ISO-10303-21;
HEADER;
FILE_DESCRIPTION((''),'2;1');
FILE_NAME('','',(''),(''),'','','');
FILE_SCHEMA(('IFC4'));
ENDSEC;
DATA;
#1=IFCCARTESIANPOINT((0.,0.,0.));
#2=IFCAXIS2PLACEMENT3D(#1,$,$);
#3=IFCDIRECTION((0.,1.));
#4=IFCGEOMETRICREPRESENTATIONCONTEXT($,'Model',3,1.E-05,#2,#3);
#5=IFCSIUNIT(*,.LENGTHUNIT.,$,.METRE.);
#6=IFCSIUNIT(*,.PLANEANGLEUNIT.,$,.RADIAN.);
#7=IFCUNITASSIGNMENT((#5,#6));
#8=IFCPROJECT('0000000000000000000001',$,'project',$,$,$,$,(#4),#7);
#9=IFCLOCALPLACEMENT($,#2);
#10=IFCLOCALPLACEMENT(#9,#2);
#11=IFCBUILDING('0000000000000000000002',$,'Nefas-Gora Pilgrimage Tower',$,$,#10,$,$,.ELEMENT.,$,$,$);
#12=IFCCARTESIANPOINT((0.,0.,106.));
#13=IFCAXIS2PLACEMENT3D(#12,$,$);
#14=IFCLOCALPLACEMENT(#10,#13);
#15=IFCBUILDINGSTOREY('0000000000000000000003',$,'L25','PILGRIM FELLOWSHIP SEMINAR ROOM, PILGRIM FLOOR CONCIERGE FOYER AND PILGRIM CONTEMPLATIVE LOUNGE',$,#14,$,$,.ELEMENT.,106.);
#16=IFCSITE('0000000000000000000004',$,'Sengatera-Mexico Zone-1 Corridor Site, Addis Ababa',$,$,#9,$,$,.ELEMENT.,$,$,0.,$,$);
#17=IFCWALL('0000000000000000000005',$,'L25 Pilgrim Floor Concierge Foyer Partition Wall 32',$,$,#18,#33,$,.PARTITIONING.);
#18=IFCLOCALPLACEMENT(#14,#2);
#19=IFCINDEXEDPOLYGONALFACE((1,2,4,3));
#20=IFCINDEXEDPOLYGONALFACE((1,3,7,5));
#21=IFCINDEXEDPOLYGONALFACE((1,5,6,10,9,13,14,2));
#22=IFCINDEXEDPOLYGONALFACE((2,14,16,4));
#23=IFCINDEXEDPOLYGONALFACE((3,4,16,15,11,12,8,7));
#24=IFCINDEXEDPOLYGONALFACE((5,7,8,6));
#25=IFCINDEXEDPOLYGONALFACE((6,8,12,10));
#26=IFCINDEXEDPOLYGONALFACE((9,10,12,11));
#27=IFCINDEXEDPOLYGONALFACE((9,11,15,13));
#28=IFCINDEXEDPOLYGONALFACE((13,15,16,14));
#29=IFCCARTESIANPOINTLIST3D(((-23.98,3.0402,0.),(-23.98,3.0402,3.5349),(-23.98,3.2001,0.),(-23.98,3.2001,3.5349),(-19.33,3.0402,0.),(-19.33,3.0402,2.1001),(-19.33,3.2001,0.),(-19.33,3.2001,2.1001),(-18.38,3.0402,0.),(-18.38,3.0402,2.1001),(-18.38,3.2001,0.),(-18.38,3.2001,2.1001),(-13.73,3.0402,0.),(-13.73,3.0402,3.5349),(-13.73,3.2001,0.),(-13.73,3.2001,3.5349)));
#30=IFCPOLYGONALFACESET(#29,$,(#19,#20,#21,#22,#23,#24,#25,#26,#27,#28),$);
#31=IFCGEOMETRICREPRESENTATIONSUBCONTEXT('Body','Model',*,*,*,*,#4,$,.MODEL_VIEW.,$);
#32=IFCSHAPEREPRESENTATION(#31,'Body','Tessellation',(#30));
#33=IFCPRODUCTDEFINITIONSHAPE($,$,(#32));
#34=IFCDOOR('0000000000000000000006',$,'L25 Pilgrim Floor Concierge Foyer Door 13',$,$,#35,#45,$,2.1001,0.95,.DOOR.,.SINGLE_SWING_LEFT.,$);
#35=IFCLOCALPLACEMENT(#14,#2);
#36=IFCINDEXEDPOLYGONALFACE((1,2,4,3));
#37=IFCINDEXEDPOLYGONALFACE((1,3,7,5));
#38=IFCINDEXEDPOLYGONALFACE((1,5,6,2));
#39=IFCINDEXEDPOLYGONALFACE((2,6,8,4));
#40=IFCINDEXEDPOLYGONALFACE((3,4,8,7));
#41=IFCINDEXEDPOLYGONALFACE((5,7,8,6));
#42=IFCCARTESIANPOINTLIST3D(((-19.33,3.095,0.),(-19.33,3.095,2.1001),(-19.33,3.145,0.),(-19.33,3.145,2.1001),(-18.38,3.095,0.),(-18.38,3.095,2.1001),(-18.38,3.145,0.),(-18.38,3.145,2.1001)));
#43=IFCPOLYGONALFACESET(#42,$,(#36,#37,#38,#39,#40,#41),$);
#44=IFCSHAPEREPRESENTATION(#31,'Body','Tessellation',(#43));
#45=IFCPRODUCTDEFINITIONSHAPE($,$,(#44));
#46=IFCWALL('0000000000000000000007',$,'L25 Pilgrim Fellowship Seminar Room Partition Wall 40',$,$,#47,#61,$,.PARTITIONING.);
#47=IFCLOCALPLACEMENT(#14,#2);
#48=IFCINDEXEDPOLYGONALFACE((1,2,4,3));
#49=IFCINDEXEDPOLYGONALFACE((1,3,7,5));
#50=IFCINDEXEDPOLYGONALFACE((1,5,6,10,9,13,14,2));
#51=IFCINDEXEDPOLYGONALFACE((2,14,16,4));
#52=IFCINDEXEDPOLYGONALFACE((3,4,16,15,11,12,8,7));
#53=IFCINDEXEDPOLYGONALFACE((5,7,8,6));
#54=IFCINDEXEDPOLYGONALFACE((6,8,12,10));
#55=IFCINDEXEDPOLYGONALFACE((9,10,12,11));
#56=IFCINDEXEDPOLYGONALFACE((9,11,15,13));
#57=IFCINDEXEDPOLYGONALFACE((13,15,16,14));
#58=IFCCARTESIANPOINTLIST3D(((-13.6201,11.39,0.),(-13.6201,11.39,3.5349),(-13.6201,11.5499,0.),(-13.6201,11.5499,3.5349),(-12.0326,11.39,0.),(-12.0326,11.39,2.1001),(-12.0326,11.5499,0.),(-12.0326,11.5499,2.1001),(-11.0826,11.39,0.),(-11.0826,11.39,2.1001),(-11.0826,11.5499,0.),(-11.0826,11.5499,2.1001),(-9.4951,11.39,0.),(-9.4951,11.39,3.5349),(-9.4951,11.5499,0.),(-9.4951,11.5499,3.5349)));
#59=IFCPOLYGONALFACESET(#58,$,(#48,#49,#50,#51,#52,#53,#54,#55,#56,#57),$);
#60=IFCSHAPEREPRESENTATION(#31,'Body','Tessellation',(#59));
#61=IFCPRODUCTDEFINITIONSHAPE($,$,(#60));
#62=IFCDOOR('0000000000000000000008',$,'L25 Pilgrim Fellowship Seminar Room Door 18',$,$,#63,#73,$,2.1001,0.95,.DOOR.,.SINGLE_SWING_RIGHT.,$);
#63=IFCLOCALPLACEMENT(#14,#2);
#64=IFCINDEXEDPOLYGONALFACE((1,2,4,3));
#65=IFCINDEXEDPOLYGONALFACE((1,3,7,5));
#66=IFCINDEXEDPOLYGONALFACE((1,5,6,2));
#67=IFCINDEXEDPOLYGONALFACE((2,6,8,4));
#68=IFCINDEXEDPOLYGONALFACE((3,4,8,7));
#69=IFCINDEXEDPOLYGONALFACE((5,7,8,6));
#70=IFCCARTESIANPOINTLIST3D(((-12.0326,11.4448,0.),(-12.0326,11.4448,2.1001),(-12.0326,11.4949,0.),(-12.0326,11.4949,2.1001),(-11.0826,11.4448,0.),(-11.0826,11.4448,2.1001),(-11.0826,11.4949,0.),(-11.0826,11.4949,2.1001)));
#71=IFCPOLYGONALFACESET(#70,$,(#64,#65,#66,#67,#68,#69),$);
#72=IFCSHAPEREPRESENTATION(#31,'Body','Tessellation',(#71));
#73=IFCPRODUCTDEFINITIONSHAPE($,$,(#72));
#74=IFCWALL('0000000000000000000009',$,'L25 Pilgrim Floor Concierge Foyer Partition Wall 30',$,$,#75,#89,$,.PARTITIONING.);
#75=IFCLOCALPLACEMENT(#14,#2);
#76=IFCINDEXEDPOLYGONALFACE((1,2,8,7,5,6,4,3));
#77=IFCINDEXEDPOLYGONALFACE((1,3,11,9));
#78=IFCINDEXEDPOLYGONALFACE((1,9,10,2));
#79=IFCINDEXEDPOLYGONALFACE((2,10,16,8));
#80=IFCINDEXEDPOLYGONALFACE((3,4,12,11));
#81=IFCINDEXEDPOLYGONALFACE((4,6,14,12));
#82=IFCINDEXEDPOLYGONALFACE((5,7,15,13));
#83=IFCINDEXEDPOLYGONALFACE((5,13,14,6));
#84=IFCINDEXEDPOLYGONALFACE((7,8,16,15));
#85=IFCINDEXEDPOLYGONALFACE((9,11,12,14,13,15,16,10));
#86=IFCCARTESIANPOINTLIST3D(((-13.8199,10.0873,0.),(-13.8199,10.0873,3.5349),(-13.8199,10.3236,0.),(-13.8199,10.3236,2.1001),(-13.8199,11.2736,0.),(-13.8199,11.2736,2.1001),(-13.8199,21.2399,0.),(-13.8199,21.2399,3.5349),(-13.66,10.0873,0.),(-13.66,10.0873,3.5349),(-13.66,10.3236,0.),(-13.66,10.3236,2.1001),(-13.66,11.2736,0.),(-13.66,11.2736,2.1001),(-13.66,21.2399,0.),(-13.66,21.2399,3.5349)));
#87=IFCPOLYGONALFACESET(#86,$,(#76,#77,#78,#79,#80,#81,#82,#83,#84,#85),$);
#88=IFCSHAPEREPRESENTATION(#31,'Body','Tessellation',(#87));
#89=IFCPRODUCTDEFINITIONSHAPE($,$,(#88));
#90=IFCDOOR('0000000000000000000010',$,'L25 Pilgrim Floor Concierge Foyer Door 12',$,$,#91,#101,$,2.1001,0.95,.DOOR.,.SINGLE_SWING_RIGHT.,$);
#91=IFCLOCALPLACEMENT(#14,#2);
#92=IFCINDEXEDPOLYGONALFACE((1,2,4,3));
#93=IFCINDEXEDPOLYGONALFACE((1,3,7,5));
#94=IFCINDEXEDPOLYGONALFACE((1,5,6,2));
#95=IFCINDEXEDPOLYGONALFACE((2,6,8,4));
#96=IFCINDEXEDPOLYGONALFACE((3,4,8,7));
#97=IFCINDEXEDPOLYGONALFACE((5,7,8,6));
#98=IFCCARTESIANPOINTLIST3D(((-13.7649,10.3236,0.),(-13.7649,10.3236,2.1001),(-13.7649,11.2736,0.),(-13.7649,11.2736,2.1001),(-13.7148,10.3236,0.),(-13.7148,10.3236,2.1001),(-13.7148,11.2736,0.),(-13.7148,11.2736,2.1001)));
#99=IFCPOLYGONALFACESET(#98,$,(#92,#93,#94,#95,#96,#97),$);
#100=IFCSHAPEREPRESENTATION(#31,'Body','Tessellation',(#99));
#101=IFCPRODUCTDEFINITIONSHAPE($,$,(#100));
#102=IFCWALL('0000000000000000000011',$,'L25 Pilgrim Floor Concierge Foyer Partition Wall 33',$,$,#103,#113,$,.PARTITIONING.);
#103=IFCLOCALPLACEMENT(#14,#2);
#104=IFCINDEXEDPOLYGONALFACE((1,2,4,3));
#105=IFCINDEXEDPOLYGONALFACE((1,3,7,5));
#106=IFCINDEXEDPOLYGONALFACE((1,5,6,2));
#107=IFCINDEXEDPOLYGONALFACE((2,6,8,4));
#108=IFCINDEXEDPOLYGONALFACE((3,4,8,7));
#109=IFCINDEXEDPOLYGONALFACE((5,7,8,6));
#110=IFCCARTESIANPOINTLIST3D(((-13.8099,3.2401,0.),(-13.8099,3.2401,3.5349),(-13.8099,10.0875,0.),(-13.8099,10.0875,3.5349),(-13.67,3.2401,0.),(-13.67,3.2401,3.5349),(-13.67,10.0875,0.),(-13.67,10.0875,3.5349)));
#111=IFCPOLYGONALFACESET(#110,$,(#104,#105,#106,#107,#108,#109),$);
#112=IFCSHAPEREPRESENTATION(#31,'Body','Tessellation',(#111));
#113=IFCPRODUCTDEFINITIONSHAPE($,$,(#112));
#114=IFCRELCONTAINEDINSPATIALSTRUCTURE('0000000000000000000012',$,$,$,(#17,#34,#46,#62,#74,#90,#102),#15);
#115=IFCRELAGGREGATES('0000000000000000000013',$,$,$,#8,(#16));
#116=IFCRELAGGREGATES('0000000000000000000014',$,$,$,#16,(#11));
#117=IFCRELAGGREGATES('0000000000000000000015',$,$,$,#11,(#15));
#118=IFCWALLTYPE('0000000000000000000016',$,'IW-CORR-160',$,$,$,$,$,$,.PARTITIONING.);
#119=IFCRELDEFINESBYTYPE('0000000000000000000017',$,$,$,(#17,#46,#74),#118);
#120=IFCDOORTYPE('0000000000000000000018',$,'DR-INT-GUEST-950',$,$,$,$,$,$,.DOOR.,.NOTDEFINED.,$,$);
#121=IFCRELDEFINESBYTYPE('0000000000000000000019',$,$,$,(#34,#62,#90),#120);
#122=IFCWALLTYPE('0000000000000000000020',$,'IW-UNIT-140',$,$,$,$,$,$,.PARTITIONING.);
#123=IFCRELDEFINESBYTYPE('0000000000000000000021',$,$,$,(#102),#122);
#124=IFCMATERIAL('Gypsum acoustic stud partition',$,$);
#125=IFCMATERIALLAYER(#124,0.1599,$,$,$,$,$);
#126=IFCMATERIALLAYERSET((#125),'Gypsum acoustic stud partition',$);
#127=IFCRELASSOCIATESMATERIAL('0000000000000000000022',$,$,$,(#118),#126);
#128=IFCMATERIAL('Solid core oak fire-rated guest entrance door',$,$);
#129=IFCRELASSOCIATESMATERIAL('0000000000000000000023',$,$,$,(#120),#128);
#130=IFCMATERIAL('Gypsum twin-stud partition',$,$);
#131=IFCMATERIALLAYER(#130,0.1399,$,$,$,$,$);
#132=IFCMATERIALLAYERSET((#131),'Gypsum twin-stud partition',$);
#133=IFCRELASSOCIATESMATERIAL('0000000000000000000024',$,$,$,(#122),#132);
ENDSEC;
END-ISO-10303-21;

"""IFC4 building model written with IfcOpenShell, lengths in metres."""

from ifc_helpers import new_model, si_unit, direction, frame, frame_2d, origin, place, context, subcontext, project, spatial, rectangle, extrude, source, transform, mapped, material, layer, layer_set, type_object, element, fill, save


model = new_model("IFC4")

# Units and contexts
model_context = context("Model", 3, precision=1e-05, world=origin(), true_north=direction((0.0, 1.0)))
body_context = subcontext(model_context, "Body", "Model", "MODEL_VIEW")
ifc_project = project(units=[si_unit("LENGTHUNIT", "METRE"), si_unit("PLANEANGLEUNIT", "RADIAN")], contexts=[model_context])

# Site, building, storey
site_placement = place(None, origin())
site = spatial("IfcSite", under=ifc_project, at=site_placement, Name="Sengatera-Mexico Zone-1 Corridor Site, Addis Ababa", CompositionType="ELEMENT", RefElevation=0.0)
building_placement = place(site_placement, origin())
building = spatial("IfcBuilding", under=site, at=building_placement, Name="Nefas-Gora Pilgrimage Tower", CompositionType="ELEMENT")
storey_placement = place(building_placement, frame((0.0, 0.0, 106.0)))
storey = spatial("IfcBuildingStorey", under=building, at=storey_placement, Name="L25", Description="PILGRIM FELLOWSHIP SEMINAR ROOM, PILGRIM FLOOR CONCIERGE FOYER AND PILGRIM CONTEMPLATIVE LOUNGE", CompositionType="ELEMENT", Elevation=106.0)

# Walls, openings, doors
ifc_material_1 = material(Name="Gypsum acoustic stud partition")
ifc_layer_1 = layer(ifc_material_1, 0.1599)
ifc_layer_set_1 = layer_set([ifc_layer_1], Name="Gypsum acoustic stud partition")
wall_type_1 = type_object("IfcWallType", Name="IW-CORR-160", PredefinedType="PARTITIONING", material=ifc_layer_set_1)
shared_shape_1 = source(origin(), body_context, "Body", "SweptSolid", [
    extrude(rectangle(XDim=10.25, YDim=0.1599, at=frame_2d((5.125, 0.0))), origin(), (0.0, 0.0, 1.0), 3.5349),
])
wall_1_placement = place(storey_placement, frame((-23.98, 3.1201, 0.0), z_axis=(0.0, 0.0, 1.0), x_axis=(1.0, 0.0, 0.0)))
wall_1 = element("IfcWall", 1, at=wall_1_placement, inside=storey, type_object=wall_type_1, Name="L25 Pilgrim Floor Concierge Foyer Partition Wall 32", PredefinedType="PARTITIONING", context=body_context, shape_type="MappedRepresentation", body=[
    mapped(shared_shape_1, transform((0.0, 0.0, 0.0), x_axis=(1.0, 0.0, 0.0), y_axis=(0.0, 1.0, 0.0), z_axis=(0.0, 0.0, 1.0), scale=1.0)),
])
opening_1_placement = place(wall_1_placement, frame((4.6499, 0.0, 0.0)))
opening_1 = element("IfcOpeningElement", 2, at=opening_1_placement, cuts=wall_1, PredefinedType="OPENING", context=body_context, shape_type="SweptSolid", body=[
    extrude(rectangle(XDim=0.95, YDim=2.1001, at=frame_2d((0.4751, 1.05))), frame((0.0, 0.0898, 0.0), z_axis=(0.0, -1.0, 0.0), x_axis=(1.0, 0.0, 0.0)), (0.0, 0.0, 1.0), 0.1799),
])
ifc_material_2 = material(Name="Solid core oak fire-rated guest entrance door")
door_type = type_object("IfcDoorType", Name="DR-INT-GUEST-950", OperationType="NOTDEFINED", PredefinedType="DOOR", material=ifc_material_2)
shared_shape_2 = source(origin(), body_context, "Body", "SweptSolid", [
    extrude(rectangle(XDim=0.95, YDim=2.1001, at=frame_2d((0.4751, 1.05))), frame((0.0, 0.0249, 0.0), z_axis=(0.0, -1.0, 0.0), x_axis=(1.0, 0.0, 0.0)), (0.0, 0.0, 1.0), 0.05),
])
door_1_placement = place(opening_1_placement, origin())
door_1 = element("IfcDoor", 3, at=door_1_placement, inside=storey, type_object=door_type, Name="L25 Pilgrim Floor Concierge Foyer Door 13", OperationType="SINGLE_SWING_LEFT", OverallHeight=2.1001, OverallWidth=0.95, PredefinedType="DOOR", context=body_context, shape_type="MappedRepresentation", body=[
    mapped(shared_shape_2, transform((0.0, 0.0, 0.0), x_axis=(1.0, 0.0, 0.0), y_axis=(0.0, 1.0, 0.0), z_axis=(0.0, 0.0, 1.0), scale=1.0)),
])
fill(opening_1, door_1)
shared_shape_3 = source(origin(), body_context, "Body", "SweptSolid", [
    extrude(rectangle(XDim=4.125, YDim=0.1599, at=frame_2d((2.0625, 0.0))), origin(), (0.0, 0.0, 1.0), 3.5349),
])
wall_2_placement = place(storey_placement, frame((-13.6201, 11.47, 0.0), z_axis=(0.0, 0.0, 1.0), x_axis=(1.0, 0.0, 0.0)))
wall_2 = element("IfcWall", 4, at=wall_2_placement, inside=storey, type_object=wall_type_1, Name="L25 Pilgrim Fellowship Seminar Room Partition Wall 40", PredefinedType="PARTITIONING", context=body_context, shape_type="MappedRepresentation", body=[
    mapped(shared_shape_3, transform((0.0, 0.0, 0.0), x_axis=(1.0, 0.0, 0.0), y_axis=(0.0, 1.0, 0.0), z_axis=(0.0, 0.0, 1.0), scale=1.0)),
])
opening_2_placement = place(wall_2_placement, frame((1.5874, 0.0, 0.0)))
opening_2 = element("IfcOpeningElement", 5, at=opening_2_placement, cuts=wall_2, PredefinedType="OPENING", context=body_context, shape_type="SweptSolid", body=[
    extrude(rectangle(XDim=0.95, YDim=2.1001, at=frame_2d((0.4751, 1.05))), frame((0.0, 0.0898, 0.0), z_axis=(0.0, -1.0, 0.0), x_axis=(1.0, 0.0, 0.0)), (0.0, 0.0, 1.0), 0.1799),
])
door_2_placement = place(opening_2_placement, origin())
door_2 = element("IfcDoor", 6, at=door_2_placement, inside=storey, type_object=door_type, Name="L25 Pilgrim Fellowship Seminar Room Door 18", OperationType="SINGLE_SWING_RIGHT", OverallHeight=2.1001, OverallWidth=0.95, PredefinedType="DOOR", context=body_context, shape_type="MappedRepresentation", body=[
    mapped(shared_shape_2, transform((0.0, 0.0, 0.0), x_axis=(1.0, 0.0, 0.0), y_axis=(0.0, 1.0, 0.0), z_axis=(0.0, 0.0, 1.0), scale=1.0)),
])
fill(opening_2, door_2)
shared_shape_4 = source(origin(), body_context, "Body", "SweptSolid", [
    extrude(rectangle(XDim=11.1526, YDim=0.1599, at=frame_2d((5.5762, 0.0))), origin(), (0.0, 0.0, 1.0), 3.5349),
])
wall_3_placement = place(storey_placement, frame((-13.74, 10.0874, 0.0), z_axis=(0.0, 0.0, 1.0), x_axis=(0.0, 1.0, 0.0)))
wall_3 = element("IfcWall", 7, at=wall_3_placement, inside=storey, type_object=wall_type_1, Name="L25 Pilgrim Floor Concierge Foyer Partition Wall 30", PredefinedType="PARTITIONING", context=body_context, shape_type="MappedRepresentation", body=[
    mapped(shared_shape_4, transform((0.0, 0.0, 0.0), x_axis=(1.0, 0.0, 0.0), y_axis=(0.0, 1.0, 0.0), z_axis=(0.0, 0.0, 1.0), scale=1.0)),
])
opening_3_placement = place(wall_3_placement, frame((0.2361, 0.0, 0.0)))
opening_3 = element("IfcOpeningElement", 8, at=opening_3_placement, cuts=wall_3, PredefinedType="OPENING", context=body_context, shape_type="SweptSolid", body=[
    extrude(rectangle(XDim=0.95, YDim=2.1001, at=frame_2d((0.4751, 1.05))), frame((0.0, 0.0898, 0.0), z_axis=(0.0, -1.0, 0.0), x_axis=(1.0, 0.0, 0.0)), (0.0, 0.0, 1.0), 0.1799),
])
door_3_placement = place(opening_3_placement, origin())
door_3 = element("IfcDoor", 9, at=door_3_placement, inside=storey, type_object=door_type, Name="L25 Pilgrim Floor Concierge Foyer Door 12", OperationType="SINGLE_SWING_RIGHT", OverallHeight=2.1001, OverallWidth=0.95, PredefinedType="DOOR", context=body_context, shape_type="MappedRepresentation", body=[
    mapped(shared_shape_2, transform((0.0, 0.0, 0.0), x_axis=(1.0, 0.0, 0.0), y_axis=(0.0, 1.0, 0.0), z_axis=(0.0, 0.0, 1.0), scale=1.0)),
])
fill(opening_3, door_3)

# Wall
ifc_material_3 = material(Name="Gypsum twin-stud partition")
ifc_layer_2 = layer(ifc_material_3, 0.1399)
ifc_layer_set_2 = layer_set([ifc_layer_2], Name="Gypsum twin-stud partition")
wall_type_2 = type_object("IfcWallType", Name="IW-UNIT-140", PredefinedType="PARTITIONING", material=ifc_layer_set_2)
shared_shape_5 = source(origin(), body_context, "Body", "SweptSolid", [
    extrude(rectangle(XDim=6.8474, YDim=0.1399, at=frame_2d((3.4238, 0.0))), origin(), (0.0, 0.0, 1.0), 3.5349),
])
wall_4_placement = place(storey_placement, frame((-13.74, 3.24, 0.0), z_axis=(0.0, 0.0, 1.0), x_axis=(0.0, 1.0, 0.0)))
element("IfcWall", 10, at=wall_4_placement, inside=storey, type_object=wall_type_2, Name="L25 Pilgrim Floor Concierge Foyer Partition Wall 33", PredefinedType="PARTITIONING", context=body_context, shape_type="MappedRepresentation", body=[
    mapped(shared_shape_5, transform((0.0, 0.0, 0.0), x_axis=(1.0, 0.0, 0.0), y_axis=(0.0, 1.0, 0.0), z_axis=(0.0, 0.0, 1.0), scale=1.0)),
])

save(model, "model.ifc")
